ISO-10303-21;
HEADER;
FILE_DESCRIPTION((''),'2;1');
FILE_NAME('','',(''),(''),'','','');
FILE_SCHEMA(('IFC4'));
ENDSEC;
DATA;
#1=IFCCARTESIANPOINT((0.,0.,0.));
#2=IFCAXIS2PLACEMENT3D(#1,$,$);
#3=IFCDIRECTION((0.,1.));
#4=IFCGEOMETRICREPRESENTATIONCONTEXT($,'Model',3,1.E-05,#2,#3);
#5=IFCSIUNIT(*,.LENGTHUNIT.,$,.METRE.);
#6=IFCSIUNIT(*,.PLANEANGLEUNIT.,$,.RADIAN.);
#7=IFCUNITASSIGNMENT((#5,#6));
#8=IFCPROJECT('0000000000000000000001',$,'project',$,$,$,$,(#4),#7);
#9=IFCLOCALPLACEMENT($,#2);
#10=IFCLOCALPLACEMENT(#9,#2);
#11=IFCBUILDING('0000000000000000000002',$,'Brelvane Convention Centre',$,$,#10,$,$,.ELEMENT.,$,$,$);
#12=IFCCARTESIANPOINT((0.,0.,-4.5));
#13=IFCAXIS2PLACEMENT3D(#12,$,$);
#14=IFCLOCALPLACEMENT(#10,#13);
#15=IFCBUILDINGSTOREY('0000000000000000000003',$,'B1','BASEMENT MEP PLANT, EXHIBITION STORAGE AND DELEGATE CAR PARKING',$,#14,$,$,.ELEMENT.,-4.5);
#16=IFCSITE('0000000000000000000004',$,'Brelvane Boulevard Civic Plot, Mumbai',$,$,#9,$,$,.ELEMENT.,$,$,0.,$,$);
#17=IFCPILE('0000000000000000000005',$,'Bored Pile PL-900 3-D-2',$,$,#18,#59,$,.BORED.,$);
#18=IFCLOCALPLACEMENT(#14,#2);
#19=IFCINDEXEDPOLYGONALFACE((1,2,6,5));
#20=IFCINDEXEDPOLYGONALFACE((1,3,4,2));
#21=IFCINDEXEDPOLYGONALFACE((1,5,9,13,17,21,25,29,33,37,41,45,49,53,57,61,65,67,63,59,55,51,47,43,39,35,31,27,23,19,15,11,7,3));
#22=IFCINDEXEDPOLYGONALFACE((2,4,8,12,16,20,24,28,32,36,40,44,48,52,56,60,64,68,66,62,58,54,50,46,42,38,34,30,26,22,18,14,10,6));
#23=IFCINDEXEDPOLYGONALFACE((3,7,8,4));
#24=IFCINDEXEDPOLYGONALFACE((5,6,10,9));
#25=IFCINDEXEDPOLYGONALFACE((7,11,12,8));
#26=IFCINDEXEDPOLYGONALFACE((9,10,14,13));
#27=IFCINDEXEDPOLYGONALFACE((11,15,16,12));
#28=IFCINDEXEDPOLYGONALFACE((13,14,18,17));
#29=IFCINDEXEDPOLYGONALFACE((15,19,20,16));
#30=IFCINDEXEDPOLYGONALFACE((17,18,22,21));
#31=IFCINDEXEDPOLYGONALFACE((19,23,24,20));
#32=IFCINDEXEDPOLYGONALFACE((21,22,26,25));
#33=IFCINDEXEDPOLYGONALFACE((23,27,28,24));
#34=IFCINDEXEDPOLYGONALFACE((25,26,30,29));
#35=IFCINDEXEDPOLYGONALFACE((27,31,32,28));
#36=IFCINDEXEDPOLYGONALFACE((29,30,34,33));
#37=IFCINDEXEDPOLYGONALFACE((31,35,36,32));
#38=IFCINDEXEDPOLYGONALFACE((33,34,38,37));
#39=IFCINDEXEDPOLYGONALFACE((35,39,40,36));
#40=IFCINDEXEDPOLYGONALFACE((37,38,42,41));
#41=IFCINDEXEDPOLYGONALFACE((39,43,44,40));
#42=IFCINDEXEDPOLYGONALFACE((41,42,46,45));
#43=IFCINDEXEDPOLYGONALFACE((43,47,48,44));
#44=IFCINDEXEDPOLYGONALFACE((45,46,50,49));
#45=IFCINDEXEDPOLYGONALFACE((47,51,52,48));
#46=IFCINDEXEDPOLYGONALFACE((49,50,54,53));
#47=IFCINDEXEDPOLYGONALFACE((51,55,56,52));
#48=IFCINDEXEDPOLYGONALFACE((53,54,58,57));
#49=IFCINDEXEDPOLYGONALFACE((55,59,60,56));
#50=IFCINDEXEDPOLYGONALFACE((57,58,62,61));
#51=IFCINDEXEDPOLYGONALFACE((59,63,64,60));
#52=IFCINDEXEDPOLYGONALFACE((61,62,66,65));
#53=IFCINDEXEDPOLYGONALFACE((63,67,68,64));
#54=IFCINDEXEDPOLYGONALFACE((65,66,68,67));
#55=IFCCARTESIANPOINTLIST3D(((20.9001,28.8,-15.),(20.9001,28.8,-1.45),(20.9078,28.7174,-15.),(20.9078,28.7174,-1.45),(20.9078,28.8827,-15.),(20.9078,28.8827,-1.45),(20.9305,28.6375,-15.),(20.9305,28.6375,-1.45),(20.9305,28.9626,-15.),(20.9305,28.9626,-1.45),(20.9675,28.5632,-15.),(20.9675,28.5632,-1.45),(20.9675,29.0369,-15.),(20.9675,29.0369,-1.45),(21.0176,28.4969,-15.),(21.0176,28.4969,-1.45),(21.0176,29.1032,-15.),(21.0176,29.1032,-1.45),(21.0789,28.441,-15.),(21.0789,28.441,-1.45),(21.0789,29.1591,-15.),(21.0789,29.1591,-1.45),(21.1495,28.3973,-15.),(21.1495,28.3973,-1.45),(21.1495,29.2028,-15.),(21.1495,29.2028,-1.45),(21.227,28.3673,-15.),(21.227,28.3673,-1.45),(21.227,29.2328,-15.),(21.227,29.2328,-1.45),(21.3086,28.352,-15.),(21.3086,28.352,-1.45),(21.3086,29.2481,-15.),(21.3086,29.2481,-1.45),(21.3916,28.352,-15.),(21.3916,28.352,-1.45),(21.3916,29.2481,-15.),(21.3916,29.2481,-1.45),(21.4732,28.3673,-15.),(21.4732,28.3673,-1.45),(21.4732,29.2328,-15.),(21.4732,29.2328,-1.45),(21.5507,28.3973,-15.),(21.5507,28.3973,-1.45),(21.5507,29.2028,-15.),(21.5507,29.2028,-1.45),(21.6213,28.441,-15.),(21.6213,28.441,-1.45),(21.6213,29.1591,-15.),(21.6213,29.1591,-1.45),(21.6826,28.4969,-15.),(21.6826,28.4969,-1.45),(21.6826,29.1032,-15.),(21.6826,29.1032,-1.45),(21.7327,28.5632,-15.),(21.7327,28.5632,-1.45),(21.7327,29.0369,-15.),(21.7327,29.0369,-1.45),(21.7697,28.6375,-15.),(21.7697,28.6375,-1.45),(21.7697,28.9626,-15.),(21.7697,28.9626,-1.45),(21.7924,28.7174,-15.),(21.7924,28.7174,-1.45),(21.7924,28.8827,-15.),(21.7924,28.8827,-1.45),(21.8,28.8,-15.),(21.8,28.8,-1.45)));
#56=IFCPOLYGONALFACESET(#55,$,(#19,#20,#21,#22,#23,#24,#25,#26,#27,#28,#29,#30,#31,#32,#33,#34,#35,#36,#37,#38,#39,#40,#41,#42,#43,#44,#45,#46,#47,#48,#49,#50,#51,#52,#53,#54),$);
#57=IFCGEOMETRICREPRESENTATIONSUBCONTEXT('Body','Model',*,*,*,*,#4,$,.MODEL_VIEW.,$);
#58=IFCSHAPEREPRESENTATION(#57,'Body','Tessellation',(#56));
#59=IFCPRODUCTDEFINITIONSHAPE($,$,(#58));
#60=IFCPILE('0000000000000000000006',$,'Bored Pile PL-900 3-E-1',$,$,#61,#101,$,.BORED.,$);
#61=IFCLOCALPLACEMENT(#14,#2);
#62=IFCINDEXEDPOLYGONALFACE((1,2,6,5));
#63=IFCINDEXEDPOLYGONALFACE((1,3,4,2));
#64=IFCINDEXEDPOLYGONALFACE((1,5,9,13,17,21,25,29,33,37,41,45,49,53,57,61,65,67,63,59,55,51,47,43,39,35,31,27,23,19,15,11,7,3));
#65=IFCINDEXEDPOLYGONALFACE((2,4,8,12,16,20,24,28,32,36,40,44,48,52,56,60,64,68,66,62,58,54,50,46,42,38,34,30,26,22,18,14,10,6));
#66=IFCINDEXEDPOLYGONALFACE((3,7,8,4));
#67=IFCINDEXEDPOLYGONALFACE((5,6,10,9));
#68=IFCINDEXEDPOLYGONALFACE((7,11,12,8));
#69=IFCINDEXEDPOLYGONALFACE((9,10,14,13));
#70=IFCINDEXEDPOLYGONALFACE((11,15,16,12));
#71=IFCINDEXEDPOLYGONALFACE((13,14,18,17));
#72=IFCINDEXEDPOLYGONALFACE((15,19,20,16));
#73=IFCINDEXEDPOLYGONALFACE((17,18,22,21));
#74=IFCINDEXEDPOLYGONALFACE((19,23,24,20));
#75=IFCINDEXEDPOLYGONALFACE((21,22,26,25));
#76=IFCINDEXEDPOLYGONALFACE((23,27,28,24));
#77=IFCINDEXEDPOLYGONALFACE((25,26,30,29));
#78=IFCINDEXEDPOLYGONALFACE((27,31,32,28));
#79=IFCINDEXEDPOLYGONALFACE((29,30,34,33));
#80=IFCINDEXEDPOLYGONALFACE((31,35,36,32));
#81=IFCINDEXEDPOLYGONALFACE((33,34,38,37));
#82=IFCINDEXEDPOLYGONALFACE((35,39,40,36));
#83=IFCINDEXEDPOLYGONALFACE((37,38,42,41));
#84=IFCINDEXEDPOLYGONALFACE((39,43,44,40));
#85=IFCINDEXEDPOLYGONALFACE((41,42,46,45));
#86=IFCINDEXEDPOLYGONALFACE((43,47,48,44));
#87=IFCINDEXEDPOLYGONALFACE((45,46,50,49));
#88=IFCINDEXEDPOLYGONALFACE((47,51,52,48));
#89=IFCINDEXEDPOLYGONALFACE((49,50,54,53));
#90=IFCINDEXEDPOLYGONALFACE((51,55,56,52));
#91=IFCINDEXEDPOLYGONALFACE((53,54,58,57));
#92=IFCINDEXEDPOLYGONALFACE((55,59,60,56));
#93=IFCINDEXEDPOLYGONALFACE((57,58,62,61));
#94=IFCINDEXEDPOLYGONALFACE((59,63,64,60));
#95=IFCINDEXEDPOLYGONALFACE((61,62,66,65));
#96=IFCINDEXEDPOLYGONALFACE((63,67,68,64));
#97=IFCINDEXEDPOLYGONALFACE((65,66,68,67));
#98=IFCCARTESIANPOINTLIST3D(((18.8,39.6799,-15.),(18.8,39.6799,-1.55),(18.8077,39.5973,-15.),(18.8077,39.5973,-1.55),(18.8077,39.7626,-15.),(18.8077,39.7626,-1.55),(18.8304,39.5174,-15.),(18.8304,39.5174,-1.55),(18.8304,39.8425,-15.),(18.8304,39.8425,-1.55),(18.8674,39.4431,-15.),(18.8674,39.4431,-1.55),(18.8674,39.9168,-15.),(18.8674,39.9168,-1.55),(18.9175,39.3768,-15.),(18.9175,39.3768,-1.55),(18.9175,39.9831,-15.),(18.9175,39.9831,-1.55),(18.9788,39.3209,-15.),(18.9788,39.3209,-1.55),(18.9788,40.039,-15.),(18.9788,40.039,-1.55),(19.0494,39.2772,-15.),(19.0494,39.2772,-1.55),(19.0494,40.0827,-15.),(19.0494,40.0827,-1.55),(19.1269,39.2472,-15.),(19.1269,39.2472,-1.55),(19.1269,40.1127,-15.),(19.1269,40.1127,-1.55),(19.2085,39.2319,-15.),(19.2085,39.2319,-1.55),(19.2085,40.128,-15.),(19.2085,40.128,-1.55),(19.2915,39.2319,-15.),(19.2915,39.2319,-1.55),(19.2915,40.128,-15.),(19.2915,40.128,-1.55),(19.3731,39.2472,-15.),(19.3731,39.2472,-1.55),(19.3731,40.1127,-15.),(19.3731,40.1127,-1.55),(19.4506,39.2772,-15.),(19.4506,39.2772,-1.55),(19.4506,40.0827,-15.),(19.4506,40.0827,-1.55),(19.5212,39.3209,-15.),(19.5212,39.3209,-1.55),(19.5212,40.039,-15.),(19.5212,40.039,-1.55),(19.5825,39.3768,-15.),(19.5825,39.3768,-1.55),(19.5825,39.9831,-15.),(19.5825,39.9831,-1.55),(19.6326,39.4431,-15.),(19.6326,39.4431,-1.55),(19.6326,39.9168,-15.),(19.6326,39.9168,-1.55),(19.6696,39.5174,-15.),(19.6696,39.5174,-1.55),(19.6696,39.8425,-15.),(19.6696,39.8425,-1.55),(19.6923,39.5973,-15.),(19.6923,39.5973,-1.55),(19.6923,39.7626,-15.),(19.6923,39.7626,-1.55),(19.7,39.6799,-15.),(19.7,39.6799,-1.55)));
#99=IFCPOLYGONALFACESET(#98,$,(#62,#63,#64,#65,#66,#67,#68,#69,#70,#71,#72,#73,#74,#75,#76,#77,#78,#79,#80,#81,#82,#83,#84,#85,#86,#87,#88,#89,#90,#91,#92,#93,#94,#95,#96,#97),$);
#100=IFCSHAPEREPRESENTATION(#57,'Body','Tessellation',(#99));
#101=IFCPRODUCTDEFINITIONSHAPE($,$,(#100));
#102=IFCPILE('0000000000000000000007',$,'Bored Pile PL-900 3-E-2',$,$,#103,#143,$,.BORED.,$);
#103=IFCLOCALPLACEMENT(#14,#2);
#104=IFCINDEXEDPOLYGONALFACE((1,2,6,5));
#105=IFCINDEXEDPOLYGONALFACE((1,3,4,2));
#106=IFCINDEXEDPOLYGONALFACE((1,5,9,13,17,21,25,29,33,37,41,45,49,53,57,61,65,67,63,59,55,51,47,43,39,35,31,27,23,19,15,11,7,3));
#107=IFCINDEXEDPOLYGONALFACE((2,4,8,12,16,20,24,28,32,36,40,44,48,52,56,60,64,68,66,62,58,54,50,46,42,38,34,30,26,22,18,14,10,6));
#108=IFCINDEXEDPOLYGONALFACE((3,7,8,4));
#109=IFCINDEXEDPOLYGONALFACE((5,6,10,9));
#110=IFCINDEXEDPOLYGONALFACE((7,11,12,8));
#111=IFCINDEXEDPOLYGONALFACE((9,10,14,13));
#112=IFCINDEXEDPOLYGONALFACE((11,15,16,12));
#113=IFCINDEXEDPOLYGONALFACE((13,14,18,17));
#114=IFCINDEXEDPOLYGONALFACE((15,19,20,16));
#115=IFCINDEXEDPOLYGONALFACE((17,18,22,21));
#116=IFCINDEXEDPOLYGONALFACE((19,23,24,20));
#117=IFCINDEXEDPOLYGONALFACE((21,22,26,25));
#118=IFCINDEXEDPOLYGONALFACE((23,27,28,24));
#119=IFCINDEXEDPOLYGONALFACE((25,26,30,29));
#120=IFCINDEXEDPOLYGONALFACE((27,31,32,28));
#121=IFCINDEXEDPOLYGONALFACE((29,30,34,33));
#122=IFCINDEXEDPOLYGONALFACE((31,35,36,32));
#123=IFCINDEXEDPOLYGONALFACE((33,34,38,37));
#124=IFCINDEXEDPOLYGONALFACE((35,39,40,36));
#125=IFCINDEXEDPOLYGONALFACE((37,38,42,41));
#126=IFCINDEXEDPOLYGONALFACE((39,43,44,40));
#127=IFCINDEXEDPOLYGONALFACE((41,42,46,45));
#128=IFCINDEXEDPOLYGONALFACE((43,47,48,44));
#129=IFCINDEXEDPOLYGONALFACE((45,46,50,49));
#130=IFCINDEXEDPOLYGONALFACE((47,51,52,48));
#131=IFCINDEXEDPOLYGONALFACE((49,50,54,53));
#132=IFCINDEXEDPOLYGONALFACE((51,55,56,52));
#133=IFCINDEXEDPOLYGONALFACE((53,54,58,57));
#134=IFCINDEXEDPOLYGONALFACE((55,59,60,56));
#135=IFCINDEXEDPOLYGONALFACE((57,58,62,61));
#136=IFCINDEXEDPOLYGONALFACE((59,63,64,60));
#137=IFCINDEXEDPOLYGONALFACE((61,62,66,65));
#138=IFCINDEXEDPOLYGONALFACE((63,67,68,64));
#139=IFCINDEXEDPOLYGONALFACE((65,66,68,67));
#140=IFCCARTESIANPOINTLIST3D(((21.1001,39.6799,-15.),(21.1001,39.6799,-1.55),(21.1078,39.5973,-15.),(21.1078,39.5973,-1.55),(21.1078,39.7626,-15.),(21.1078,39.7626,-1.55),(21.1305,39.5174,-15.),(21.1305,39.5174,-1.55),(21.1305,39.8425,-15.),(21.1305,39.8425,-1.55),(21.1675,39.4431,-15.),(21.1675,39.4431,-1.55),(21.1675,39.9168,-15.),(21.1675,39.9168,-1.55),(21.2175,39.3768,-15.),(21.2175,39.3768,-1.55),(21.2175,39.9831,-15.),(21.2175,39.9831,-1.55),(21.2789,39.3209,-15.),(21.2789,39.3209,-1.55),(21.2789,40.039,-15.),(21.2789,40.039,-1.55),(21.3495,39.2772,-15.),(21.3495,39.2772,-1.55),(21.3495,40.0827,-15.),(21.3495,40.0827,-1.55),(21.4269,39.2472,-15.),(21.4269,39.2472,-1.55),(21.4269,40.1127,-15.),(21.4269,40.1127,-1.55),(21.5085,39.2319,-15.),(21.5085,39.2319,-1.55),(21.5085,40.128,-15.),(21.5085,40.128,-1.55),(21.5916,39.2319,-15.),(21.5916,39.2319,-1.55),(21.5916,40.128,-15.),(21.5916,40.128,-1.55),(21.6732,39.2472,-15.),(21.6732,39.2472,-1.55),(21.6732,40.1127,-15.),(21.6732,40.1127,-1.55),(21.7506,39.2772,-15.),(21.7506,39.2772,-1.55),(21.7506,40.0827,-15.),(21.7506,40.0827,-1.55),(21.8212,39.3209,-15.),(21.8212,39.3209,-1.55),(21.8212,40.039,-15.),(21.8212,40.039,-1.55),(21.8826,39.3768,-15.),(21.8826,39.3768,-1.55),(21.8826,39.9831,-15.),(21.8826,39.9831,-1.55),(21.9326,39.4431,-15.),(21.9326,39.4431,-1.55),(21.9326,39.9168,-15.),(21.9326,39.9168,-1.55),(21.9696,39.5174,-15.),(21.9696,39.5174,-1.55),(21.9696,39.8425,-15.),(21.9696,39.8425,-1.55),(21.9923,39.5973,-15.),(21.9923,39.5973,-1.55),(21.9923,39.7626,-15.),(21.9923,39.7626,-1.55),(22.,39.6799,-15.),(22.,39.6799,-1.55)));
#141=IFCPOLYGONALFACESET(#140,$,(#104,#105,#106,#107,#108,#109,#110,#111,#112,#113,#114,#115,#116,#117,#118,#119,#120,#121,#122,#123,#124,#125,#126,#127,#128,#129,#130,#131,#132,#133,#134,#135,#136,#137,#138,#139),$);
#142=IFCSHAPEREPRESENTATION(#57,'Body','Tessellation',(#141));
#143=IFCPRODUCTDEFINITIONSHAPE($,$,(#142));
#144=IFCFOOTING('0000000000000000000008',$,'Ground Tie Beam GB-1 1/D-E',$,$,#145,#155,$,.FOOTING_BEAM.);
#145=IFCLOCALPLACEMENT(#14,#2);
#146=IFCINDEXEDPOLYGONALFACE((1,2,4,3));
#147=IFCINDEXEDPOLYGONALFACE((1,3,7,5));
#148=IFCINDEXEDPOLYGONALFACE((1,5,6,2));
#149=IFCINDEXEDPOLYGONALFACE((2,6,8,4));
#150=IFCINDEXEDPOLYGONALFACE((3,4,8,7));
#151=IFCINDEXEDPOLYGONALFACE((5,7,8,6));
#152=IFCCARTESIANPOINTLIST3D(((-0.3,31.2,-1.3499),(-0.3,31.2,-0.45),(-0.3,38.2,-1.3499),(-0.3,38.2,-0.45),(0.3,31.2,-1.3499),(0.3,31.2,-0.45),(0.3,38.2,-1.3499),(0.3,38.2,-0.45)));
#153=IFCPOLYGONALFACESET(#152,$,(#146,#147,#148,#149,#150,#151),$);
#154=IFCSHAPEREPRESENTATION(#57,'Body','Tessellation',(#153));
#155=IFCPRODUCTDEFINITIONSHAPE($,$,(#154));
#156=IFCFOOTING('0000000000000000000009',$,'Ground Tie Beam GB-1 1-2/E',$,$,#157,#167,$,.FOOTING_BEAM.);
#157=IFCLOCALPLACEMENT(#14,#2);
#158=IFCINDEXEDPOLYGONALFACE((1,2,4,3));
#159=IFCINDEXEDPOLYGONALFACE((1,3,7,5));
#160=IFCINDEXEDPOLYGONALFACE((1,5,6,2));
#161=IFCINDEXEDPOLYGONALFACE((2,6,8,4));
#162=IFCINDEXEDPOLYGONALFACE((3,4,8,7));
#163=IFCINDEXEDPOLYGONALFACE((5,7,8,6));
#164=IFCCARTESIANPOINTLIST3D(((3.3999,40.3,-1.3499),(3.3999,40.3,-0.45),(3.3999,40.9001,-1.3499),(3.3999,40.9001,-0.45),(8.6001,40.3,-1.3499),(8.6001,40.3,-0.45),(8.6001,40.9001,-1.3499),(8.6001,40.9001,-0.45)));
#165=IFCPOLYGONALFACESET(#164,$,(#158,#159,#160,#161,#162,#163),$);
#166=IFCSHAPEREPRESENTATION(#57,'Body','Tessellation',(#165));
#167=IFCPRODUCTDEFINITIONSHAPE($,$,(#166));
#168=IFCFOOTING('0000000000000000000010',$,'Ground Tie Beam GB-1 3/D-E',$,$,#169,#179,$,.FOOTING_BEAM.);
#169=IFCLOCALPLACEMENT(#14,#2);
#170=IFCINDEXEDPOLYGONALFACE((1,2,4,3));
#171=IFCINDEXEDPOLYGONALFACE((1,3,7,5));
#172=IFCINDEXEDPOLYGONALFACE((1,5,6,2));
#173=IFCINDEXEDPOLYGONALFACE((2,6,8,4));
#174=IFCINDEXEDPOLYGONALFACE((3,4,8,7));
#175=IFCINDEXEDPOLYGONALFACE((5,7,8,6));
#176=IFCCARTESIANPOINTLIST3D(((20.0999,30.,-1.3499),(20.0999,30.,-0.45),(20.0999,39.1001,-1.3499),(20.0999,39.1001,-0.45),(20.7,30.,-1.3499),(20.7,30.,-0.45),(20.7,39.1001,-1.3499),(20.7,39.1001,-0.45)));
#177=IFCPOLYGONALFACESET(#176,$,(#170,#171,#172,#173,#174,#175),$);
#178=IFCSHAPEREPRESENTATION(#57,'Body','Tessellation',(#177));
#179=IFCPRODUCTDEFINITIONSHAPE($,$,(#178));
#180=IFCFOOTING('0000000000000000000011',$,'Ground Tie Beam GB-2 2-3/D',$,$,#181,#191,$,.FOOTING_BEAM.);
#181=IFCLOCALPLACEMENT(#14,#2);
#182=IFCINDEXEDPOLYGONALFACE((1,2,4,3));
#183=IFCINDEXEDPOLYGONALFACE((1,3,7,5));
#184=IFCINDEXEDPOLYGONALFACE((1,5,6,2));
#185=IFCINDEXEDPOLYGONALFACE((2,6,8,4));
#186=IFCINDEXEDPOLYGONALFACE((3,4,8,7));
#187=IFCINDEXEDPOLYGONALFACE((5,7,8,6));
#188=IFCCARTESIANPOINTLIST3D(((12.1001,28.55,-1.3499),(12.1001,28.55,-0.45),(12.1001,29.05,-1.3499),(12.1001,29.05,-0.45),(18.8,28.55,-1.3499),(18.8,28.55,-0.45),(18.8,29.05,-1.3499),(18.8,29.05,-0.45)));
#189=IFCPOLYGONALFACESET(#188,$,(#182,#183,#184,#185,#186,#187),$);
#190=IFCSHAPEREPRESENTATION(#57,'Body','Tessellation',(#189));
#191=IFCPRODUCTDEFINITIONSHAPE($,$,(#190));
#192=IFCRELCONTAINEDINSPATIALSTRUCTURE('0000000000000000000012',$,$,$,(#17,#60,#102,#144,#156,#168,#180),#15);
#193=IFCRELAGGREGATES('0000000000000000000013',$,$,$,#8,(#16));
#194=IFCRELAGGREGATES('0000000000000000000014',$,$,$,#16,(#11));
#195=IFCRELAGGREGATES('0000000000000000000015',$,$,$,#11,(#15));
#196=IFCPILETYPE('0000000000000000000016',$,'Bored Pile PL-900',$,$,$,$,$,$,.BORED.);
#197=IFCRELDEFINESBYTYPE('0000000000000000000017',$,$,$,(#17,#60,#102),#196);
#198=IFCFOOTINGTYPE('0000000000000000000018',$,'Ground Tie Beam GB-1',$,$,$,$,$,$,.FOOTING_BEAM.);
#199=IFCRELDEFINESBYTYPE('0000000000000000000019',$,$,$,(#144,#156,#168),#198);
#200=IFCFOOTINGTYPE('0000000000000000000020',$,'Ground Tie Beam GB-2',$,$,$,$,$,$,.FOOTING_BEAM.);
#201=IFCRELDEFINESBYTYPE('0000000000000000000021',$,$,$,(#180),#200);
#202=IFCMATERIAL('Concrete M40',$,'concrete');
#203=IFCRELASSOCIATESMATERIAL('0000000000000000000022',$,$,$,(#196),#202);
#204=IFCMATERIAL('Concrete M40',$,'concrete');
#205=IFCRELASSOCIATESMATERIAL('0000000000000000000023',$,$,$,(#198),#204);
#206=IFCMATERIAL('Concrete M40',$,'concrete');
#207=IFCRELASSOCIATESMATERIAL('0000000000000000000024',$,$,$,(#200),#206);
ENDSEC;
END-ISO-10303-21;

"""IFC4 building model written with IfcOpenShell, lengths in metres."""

from ifc_helpers import new_model, si_unit, direction, frame, origin, origin_2d, place, context, subcontext, project, spatial, rectangle, circle, extrude, material, material_profile, profile_set, type_object, element, save


model = new_model("IFC4")

# Units and contexts
model_context = context("Model", 3, precision=1e-05, world=origin(), true_north=direction((0.0, 1.0)))
body_context = subcontext(model_context, "Body", "Model", "MODEL_VIEW")
ifc_project = project(units=[si_unit("LENGTHUNIT", "METRE"), si_unit("PLANEANGLEUNIT", "RADIAN")], contexts=[model_context])

# Site, building, storey
site_placement = place(None, origin())
site = spatial("IfcSite", under=ifc_project, at=site_placement, Name="Brelvane Boulevard Civic Plot, Mumbai", CompositionType="ELEMENT", RefElevation=0.0)
building_placement = place(site_placement, origin())
building = spatial("IfcBuilding", under=site, at=building_placement, Name="Brelvane Convention Centre", CompositionType="ELEMENT")
storey_placement = place(building_placement, frame((0.0, 0.0, -4.5)))
storey = spatial("IfcBuildingStorey", under=building, at=storey_placement, Name="B1", Description="BASEMENT MEP PLANT, EXHIBITION STORAGE AND DELEGATE CAR PARKING", CompositionType="ELEMENT", Elevation=-4.5)

# Piles
ifc_material_1 = material(Name="Concrete M40", Category="concrete")
ifc_material_profile_1 = material_profile(ifc_material_1, circle(Radius=0.45, at=origin_2d()), Name="PILE D900")
ifc_profile_set_1 = profile_set([ifc_material_profile_1], Name="Concrete M40")
pile_type_1 = type_object("IfcPileType", Name="Bored Pile PL-900", PredefinedType="BORED", material=ifc_profile_set_1)
for number, where, z_axis, x_axis, name in (
    (1, (21.3501, 28.8, -1.45), (0.0, 0.0, -1.0), (1.0, 0.0, 0.0), "Bored Pile PL-900 3-D-2"),
):
    element("IfcPile", number, at=place(storey_placement, frame(where, z_axis=z_axis, x_axis=x_axis)), inside=storey, type_object=pile_type_1, Name=name, PredefinedType="BORED", context=body_context, shape_type="SweptSolid", body=[
        extrude(circle(Radius=0.45, at=origin_2d()), origin(), (0.0, 0.0, 1.0), 13.55),
    ])
for number, where, z_axis, x_axis, name in (
    (2, (19.25, 39.6799, -1.55), (0.0, 0.0, -1.0), (1.0, 0.0, 0.0), "Bored Pile PL-900 3-E-1"),
    (3, (21.55, 39.6799, -1.55), (0.0, 0.0, -1.0), (1.0, 0.0, 0.0), "Bored Pile PL-900 3-E-2"),
):
    element("IfcPile", number, at=place(storey_placement, frame(where, z_axis=z_axis, x_axis=x_axis)), inside=storey, type_object=pile_type_1, Name=name, PredefinedType="BORED", context=body_context, shape_type="SweptSolid", body=[
        extrude(circle(Radius=0.45, at=origin_2d()), origin(), (0.0, 0.0, 1.0), 13.45),
    ])

# Footings
ifc_material_2 = material(Name="Concrete M40", Category="concrete")
ifc_material_profile_2 = material_profile(ifc_material_2, rectangle(XDim=0.6001, YDim=0.8999, at=origin_2d()), Name="RC 600x900")
ifc_profile_set_2 = profile_set([ifc_material_profile_2], Name="Concrete M40")
footing_type_1 = type_object("IfcFootingType", Name="Ground Tie Beam GB-1", PredefinedType="FOOTING_BEAM", material=ifc_profile_set_2)
footing_1_placement = place(storey_placement, frame((0.0, 31.2, -0.8999), z_axis=(0.0, 1.0, 0.0), x_axis=(-1.0, 0.0, 0.0)))
element("IfcFooting", 4, at=footing_1_placement, inside=storey, type_object=footing_type_1, Name="Ground Tie Beam GB-1 1/D-E", PredefinedType="FOOTING_BEAM", context=body_context, shape_type="SweptSolid", body=[
    extrude(rectangle(XDim=0.6001, YDim=0.8999, at=origin_2d()), origin(), (0.0, 0.0, 1.0), 7.0),
])
footing_2_placement = place(storey_placement, frame((3.3999, 40.6001, -0.8999), z_axis=(1.0, 0.0, 0.0), x_axis=(0.0, 1.0, 0.0)))
element("IfcFooting", 5, at=footing_2_placement, inside=storey, type_object=footing_type_1, Name="Ground Tie Beam GB-1 1-2/E", PredefinedType="FOOTING_BEAM", context=body_context, shape_type="SweptSolid", body=[
    extrude(rectangle(XDim=0.6001, YDim=0.8999, at=origin_2d()), origin(), (0.0, 0.0, 1.0), 5.2002),
])
footing_3_placement = place(storey_placement, frame((20.3999, 30.0, -0.8999), z_axis=(0.0, 1.0, 0.0), x_axis=(-1.0, 0.0, 0.0)))
element("IfcFooting", 6, at=footing_3_placement, inside=storey, type_object=footing_type_1, Name="Ground Tie Beam GB-1 3/D-E", PredefinedType="FOOTING_BEAM", context=body_context, shape_type="SweptSolid", body=[
    extrude(rectangle(XDim=0.6001, YDim=0.8999, at=origin_2d()), origin(), (0.0, 0.0, 1.0), 9.1001),
])
ifc_material_3 = material(Name="Concrete M40", Category="concrete")
ifc_material_profile_3 = material_profile(ifc_material_3, rectangle(XDim=0.5, YDim=0.8999, at=origin_2d()), Name="RC 500x900")
ifc_profile_set_3 = profile_set([ifc_material_profile_3], Name="Concrete M40")
footing_type_2 = type_object("IfcFootingType", Name="Ground Tie Beam GB-2", PredefinedType="FOOTING_BEAM", material=ifc_profile_set_3)
footing_4_placement = place(storey_placement, frame((12.1001, 28.8, -0.8999), z_axis=(1.0, 0.0, 0.0), x_axis=(0.0, 1.0, 0.0)))
element("IfcFooting", 7, at=footing_4_placement, inside=storey, type_object=footing_type_2, Name="Ground Tie Beam GB-2 2-3/D", PredefinedType="FOOTING_BEAM", context=body_context, shape_type="SweptSolid", body=[
    extrude(rectangle(XDim=0.5, YDim=0.8999, at=origin_2d()), origin(), (0.0, 0.0, 1.0), 6.7),
])

save(model, "model.ifc")
